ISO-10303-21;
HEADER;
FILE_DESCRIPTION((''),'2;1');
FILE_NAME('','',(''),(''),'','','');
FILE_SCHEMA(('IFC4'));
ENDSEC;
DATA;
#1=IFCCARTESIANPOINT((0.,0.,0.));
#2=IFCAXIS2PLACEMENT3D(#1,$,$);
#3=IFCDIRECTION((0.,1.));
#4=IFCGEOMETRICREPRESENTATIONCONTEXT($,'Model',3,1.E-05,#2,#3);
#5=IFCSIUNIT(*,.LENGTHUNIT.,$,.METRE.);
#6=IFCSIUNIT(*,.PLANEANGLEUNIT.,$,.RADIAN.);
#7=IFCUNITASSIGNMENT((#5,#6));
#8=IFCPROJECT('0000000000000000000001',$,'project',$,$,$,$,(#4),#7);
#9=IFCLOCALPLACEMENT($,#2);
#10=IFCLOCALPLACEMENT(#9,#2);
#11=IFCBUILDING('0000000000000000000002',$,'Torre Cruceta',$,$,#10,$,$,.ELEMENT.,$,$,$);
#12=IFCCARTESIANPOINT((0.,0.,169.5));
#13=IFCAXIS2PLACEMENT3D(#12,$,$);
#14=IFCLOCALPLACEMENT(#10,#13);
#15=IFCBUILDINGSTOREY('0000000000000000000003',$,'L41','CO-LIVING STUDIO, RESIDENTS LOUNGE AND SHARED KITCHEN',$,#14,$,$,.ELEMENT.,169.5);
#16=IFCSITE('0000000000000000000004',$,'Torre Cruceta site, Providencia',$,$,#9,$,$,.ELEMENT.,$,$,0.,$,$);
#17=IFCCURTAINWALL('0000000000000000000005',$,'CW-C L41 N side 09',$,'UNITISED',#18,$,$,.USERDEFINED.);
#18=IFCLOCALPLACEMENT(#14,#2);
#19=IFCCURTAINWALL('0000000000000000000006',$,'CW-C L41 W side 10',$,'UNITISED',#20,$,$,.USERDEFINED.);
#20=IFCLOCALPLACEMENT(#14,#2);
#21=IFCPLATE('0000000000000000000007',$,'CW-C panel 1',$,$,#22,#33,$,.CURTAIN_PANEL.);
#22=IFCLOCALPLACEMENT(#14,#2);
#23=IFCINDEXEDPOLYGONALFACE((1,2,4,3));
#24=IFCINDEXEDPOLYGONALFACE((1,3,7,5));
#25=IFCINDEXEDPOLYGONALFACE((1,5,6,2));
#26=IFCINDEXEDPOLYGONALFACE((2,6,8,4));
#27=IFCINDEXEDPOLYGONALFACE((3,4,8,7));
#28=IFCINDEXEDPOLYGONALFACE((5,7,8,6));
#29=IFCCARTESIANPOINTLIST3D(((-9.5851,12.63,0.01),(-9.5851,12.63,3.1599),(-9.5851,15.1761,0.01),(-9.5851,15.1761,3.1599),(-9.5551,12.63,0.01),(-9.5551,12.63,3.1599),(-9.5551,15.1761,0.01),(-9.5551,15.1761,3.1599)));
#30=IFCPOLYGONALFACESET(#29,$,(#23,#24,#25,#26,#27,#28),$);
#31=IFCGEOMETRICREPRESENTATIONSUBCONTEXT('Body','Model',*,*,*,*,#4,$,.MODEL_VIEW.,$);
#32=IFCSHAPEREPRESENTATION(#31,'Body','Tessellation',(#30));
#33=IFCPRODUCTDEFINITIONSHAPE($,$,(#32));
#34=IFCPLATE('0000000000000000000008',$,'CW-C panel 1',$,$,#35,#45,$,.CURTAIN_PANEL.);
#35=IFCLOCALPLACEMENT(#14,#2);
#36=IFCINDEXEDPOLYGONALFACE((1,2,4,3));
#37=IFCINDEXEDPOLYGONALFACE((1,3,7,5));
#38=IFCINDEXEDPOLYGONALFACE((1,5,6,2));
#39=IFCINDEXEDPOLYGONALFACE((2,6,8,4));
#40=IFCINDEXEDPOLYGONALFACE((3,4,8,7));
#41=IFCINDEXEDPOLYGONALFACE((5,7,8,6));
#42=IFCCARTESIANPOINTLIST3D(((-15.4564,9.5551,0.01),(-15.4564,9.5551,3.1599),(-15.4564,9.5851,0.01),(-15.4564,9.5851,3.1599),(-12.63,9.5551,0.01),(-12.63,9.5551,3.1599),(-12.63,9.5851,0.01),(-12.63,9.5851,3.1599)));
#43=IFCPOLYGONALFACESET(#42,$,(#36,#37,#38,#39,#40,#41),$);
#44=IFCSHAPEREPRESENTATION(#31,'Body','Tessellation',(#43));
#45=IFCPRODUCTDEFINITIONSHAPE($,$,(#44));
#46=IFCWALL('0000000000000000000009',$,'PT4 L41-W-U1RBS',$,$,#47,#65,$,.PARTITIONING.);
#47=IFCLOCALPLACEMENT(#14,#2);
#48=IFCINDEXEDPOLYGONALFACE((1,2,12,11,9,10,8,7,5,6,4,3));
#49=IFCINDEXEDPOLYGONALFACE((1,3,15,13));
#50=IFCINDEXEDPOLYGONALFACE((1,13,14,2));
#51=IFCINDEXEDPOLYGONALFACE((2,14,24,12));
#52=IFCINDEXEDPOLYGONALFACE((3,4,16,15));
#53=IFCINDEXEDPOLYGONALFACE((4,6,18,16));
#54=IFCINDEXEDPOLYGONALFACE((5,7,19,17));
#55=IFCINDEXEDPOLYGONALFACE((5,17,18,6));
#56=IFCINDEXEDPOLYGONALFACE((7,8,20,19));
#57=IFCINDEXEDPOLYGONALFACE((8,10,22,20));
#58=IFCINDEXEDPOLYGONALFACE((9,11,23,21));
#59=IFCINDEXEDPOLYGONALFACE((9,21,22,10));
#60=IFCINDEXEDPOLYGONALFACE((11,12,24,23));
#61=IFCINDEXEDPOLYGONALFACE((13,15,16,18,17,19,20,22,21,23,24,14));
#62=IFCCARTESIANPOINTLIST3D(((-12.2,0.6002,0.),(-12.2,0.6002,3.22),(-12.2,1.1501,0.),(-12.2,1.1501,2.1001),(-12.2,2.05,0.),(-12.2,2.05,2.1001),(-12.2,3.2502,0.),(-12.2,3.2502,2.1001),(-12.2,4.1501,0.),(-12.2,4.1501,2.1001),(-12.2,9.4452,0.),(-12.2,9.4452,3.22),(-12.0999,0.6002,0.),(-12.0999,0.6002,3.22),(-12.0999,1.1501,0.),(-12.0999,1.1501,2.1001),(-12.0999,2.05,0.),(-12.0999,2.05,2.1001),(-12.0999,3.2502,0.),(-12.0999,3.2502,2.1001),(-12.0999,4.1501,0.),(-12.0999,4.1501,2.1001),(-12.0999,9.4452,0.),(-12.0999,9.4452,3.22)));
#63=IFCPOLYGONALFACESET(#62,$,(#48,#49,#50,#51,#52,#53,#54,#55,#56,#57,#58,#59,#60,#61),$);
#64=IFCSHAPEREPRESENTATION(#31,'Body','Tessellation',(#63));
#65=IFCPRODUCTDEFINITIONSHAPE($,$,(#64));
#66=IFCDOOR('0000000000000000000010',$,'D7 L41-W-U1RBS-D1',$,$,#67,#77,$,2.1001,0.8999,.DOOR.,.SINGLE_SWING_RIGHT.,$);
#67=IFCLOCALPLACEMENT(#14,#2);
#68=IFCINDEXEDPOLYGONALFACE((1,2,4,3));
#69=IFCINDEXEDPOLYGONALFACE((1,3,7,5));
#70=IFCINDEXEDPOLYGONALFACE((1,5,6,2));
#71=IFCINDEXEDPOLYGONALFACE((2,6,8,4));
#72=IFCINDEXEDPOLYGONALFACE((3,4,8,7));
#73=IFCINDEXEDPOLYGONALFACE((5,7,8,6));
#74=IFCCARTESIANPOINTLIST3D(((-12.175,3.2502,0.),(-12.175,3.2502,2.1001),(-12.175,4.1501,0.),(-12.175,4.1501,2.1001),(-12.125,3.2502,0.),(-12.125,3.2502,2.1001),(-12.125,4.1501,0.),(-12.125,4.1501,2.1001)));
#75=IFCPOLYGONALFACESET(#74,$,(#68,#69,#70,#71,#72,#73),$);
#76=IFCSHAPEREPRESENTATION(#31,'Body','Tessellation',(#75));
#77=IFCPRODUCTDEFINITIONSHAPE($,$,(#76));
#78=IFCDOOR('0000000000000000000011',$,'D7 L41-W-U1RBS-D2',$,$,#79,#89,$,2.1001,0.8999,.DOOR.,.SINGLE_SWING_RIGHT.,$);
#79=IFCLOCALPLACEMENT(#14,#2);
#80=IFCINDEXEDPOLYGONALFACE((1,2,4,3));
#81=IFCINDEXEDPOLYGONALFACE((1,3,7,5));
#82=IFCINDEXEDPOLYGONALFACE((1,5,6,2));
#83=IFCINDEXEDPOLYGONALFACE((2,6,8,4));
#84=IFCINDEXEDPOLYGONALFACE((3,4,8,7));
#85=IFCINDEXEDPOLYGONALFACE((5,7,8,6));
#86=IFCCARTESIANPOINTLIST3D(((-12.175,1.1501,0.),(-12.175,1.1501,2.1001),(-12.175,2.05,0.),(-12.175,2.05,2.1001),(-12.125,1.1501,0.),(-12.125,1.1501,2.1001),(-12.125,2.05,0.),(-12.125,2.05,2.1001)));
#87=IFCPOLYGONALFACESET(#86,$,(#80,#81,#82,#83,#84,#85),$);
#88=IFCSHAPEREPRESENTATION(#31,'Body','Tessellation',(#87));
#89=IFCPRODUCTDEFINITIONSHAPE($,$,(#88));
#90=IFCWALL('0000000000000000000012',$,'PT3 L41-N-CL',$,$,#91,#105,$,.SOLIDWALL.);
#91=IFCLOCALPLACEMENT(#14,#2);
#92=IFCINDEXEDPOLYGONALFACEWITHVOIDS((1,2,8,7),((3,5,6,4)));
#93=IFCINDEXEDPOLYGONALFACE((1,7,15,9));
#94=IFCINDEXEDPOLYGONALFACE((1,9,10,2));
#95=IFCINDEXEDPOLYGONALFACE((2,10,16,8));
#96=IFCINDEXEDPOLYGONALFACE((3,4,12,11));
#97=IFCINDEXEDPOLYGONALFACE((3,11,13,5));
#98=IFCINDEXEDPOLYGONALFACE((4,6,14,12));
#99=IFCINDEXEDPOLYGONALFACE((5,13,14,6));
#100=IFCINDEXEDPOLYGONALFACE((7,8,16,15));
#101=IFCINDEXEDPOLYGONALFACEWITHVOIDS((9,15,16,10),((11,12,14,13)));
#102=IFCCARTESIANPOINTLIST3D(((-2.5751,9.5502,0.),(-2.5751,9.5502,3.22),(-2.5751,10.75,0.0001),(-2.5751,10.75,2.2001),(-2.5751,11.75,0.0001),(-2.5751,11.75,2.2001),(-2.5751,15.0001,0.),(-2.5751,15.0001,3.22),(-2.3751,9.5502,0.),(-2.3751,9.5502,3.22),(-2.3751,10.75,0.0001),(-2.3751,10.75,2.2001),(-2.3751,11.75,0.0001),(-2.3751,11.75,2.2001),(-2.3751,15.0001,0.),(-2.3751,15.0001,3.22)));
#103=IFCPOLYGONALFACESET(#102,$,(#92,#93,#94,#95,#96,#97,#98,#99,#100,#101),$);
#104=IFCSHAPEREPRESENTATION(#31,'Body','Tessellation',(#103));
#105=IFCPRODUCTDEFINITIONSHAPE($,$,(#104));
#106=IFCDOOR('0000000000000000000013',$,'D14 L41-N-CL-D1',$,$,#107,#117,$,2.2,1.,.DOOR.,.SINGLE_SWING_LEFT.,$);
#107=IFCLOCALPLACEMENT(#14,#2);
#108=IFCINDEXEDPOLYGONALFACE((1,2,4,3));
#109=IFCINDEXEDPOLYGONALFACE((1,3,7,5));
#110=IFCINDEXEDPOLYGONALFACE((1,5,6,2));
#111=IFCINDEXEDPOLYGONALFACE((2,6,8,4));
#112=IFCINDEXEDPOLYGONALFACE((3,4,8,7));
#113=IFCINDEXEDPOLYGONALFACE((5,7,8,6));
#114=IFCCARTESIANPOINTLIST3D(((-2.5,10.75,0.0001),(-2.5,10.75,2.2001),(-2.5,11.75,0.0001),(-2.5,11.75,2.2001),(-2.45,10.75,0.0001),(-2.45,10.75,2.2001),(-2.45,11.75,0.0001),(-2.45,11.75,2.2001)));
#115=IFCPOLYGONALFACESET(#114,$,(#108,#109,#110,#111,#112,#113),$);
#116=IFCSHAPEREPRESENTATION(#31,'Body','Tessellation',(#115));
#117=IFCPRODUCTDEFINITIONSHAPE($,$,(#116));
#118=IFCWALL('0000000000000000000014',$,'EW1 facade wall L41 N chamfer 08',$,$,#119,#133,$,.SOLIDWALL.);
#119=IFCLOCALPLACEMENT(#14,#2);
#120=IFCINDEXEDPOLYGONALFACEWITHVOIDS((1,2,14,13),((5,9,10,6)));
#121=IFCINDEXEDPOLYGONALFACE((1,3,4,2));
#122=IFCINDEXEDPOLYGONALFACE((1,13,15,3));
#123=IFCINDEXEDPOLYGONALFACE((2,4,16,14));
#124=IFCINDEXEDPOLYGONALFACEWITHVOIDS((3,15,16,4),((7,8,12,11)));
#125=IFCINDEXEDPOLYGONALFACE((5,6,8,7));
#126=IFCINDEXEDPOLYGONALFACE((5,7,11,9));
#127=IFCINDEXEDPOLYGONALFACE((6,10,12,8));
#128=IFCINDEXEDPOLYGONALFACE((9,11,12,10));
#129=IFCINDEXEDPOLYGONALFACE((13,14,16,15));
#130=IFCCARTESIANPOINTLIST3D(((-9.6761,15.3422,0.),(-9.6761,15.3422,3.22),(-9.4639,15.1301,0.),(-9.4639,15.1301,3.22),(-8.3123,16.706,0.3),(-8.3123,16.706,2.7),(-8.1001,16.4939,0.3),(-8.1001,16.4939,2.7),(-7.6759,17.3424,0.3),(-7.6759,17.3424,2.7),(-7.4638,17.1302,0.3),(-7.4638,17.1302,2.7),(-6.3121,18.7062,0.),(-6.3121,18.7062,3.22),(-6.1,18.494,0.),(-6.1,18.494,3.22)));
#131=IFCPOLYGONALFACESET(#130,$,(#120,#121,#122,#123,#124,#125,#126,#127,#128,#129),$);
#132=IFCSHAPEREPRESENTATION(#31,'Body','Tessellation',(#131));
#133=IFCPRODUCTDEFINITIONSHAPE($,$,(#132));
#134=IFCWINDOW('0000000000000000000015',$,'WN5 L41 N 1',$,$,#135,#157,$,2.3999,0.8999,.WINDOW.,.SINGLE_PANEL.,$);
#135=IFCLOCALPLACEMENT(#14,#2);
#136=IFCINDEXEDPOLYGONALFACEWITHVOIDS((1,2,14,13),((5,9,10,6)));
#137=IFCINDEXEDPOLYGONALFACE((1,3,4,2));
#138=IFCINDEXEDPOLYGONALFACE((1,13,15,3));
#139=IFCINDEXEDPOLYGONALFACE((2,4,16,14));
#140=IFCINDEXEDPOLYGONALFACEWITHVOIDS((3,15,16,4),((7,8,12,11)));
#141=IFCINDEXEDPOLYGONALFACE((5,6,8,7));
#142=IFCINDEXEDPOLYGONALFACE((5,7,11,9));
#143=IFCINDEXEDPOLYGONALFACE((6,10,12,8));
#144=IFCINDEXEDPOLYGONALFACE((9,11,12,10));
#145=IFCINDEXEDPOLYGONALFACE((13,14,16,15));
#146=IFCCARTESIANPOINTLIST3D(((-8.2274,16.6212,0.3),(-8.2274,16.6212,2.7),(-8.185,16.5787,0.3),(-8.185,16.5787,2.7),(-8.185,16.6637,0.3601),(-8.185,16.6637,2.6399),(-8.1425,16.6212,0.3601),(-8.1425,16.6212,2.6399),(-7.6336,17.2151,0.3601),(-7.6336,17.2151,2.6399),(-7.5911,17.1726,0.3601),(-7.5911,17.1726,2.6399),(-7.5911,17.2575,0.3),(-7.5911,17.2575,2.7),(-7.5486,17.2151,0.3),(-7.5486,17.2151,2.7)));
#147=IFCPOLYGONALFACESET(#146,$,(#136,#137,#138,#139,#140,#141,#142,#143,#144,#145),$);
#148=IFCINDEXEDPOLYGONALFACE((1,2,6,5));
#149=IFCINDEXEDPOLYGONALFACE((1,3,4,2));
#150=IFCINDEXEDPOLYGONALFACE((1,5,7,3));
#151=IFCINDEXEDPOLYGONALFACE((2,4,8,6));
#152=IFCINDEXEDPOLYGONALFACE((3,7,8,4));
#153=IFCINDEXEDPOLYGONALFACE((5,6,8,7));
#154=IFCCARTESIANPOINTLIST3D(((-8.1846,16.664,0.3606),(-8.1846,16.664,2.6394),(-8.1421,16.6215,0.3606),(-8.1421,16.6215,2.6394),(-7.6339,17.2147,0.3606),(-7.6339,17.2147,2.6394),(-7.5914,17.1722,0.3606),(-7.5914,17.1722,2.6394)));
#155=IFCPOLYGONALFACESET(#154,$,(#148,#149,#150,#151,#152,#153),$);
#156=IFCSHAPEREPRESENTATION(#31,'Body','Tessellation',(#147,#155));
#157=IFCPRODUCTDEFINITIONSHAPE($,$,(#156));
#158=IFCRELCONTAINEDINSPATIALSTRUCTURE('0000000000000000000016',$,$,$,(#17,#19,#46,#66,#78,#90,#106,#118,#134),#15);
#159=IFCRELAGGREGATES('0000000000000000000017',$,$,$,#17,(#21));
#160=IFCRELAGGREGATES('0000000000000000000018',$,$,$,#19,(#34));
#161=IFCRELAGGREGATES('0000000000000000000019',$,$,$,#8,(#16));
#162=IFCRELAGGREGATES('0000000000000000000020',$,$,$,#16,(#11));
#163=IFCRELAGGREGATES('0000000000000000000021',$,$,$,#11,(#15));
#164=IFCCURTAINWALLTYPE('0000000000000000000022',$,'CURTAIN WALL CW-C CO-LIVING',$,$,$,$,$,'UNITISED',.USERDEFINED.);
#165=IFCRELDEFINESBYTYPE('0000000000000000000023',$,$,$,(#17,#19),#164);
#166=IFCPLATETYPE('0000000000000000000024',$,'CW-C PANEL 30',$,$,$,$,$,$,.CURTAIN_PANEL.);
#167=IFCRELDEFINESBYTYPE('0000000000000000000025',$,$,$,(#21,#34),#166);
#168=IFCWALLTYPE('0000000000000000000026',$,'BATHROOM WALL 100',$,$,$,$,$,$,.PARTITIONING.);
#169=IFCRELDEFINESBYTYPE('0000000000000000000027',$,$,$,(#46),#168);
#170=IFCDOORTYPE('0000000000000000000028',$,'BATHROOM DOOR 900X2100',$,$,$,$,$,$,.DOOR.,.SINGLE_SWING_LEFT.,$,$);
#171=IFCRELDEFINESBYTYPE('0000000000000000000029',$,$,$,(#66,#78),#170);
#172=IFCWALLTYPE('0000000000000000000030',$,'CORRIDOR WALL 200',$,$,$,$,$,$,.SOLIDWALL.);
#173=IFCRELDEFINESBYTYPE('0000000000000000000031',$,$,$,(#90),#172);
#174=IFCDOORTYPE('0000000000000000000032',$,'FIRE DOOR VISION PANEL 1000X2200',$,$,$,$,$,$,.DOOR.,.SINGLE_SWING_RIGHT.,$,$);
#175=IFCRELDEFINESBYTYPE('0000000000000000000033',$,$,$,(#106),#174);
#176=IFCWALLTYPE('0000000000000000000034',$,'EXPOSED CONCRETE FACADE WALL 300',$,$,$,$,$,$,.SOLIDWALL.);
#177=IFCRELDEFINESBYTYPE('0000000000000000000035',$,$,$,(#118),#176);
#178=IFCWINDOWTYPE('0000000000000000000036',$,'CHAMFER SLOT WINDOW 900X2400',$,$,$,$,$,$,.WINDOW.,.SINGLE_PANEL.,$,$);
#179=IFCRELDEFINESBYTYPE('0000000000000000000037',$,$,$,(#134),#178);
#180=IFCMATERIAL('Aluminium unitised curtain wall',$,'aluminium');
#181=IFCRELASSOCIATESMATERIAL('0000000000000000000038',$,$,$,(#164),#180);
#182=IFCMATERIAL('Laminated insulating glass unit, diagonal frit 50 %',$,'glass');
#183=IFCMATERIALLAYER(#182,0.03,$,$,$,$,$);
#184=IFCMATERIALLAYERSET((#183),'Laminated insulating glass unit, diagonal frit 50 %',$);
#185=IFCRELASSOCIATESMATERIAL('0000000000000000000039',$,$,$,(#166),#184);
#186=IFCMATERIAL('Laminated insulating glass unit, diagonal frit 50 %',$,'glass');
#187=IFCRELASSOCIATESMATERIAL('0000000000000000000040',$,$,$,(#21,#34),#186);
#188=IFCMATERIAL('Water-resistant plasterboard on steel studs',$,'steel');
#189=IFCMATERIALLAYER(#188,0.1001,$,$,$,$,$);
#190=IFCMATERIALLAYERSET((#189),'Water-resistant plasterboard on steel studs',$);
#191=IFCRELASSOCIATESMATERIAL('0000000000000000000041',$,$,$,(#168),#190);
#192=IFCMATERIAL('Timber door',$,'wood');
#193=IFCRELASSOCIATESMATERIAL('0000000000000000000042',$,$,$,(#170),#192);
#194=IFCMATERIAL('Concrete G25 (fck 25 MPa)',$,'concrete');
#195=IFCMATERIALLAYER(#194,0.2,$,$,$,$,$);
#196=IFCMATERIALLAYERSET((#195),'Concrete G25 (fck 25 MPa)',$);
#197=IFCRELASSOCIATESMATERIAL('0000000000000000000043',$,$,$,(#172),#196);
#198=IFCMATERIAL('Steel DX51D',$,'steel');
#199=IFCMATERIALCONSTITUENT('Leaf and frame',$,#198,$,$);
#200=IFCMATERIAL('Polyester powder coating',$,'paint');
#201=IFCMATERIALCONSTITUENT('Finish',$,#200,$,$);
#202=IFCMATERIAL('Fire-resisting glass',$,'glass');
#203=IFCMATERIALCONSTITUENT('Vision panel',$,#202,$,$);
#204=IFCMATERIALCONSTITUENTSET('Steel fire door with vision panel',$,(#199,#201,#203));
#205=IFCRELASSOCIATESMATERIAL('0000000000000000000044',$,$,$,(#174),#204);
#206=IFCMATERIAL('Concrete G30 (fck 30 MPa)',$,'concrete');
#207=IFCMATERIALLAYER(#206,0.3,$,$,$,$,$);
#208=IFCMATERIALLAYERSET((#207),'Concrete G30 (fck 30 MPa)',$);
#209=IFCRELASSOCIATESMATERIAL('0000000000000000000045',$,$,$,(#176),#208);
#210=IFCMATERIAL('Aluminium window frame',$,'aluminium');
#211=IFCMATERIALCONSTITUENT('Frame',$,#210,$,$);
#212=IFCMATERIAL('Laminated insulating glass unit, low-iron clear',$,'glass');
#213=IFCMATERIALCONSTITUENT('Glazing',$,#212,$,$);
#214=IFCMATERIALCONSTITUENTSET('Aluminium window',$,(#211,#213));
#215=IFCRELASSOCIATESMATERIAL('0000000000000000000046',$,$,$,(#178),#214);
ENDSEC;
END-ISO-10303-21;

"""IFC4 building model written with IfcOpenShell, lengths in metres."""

from ifc_helpers import new_model, si_unit, direction, frame, frame_2d, origin, origin_2d, place, context, subcontext, project, spatial, rectangle, hollow_rectangle, extrude, material, layer, layer_set, constituent, constituent_set, type_object, element, fill, aggregate, save


model = new_model("IFC4")

# Units and contexts
model_context = context("Model", 3, precision=1e-05, world=origin(), true_north=direction((0.0, 1.0)))
body_context = subcontext(model_context, "Body", "Model", "MODEL_VIEW")
ifc_project = project(units=[si_unit("LENGTHUNIT", "METRE"), si_unit("PLANEANGLEUNIT", "RADIAN")], contexts=[model_context])

# Site, building, storey
site_placement = place(None, origin())
site = spatial("IfcSite", under=ifc_project, at=site_placement, Name="Torre Cruceta site, Providencia", CompositionType="ELEMENT", RefElevation=0.0)
building_placement = place(site_placement, origin())
building = spatial("IfcBuilding", under=site, at=building_placement, Name="Torre Cruceta", CompositionType="ELEMENT")
storey_placement = place(building_placement, frame((0.0, 0.0, 169.5)))
storey = spatial("IfcBuildingStorey", under=building, at=storey_placement, Name="L41", Description="CO-LIVING STUDIO, RESIDENTS LOUNGE AND SHARED KITCHEN", CompositionType="ELEMENT", Elevation=169.5)

# Curtain wall
ifc_material_1 = material(Name="Aluminium unitised curtain wall", Category="aluminium")
curtain_wall_type = type_object("IfcCurtainWallType", Name="CURTAIN WALL CW-C CO-LIVING", ElementType="UNITISED", PredefinedType="USERDEFINED", material=ifc_material_1)
curtain_wall_1_placement = place(storey_placement, origin())
curtain_wall_1 = element("IfcCurtainWall", 1, at=curtain_wall_1_placement, inside=storey, type_object=curtain_wall_type, Name="CW-C L41 N side 09", ObjectType="UNITISED", PredefinedType="USERDEFINED")

# Curtain wall
curtain_wall_2_placement = place(storey_placement, origin())
curtain_wall_2 = element("IfcCurtainWall", 2, at=curtain_wall_2_placement, inside=storey, type_object=curtain_wall_type, Name="CW-C L41 W side 10", ObjectType="UNITISED", PredefinedType="USERDEFINED")

# Plates
ifc_material_2 = material(Name="Laminated insulating glass unit, diagonal frit 50 %", Category="glass")
ifc_material_3 = material(Name="Laminated insulating glass unit, diagonal frit 50 %", Category="glass")
ifc_layer_1 = layer(ifc_material_3, 0.03)
ifc_layer_set_1 = layer_set([ifc_layer_1], Name="Laminated insulating glass unit, diagonal frit 50 %")
plate_type = type_object("IfcPlateType", Name="CW-C PANEL 30", PredefinedType="CURTAIN_PANEL", material=ifc_layer_set_1)
plate_1_placement = place(storey_placement, frame((-9.5701, 13.9031, 0.01), z_axis=(0.0, 0.0, 1.0), x_axis=(0.0, -1.0, 0.0)))
plate_1 = element("IfcPlate", 3, at=plate_1_placement, type_object=plate_type, material=ifc_material_2, Name="CW-C panel 1", PredefinedType="CURTAIN_PANEL", context=body_context, shape_type="SweptSolid", body=[
    extrude(rectangle(XDim=2.5461, YDim=0.03, at=origin_2d()), origin(), (0.0, 0.0, 1.0), 3.1499),
])
aggregate(curtain_wall_1, [plate_1])
plate_2_placement = place(storey_placement, frame((-14.0432, 9.5701, 0.01), z_axis=(0.0, 0.0, 1.0), x_axis=(-1.0, 0.0, 0.0)))
plate_2 = element("IfcPlate", 4, at=plate_2_placement, type_object=plate_type, material=ifc_material_2, Name="CW-C panel 1", PredefinedType="CURTAIN_PANEL", context=body_context, shape_type="SweptSolid", body=[
    extrude(rectangle(XDim=2.8264, YDim=0.03, at=origin_2d()), origin(), (0.0, 0.0, 1.0), 3.1499),
])
aggregate(curtain_wall_2, [plate_2])

# Wall, openings, doors
ifc_material_4 = material(Name="Water-resistant plasterboard on steel studs", Category="steel")
ifc_layer_2 = layer(ifc_material_4, 0.1001)
ifc_layer_set_2 = layer_set([ifc_layer_2], Name="Water-resistant plasterboard on steel studs")
wall_type_1 = type_object("IfcWallType", Name="BATHROOM WALL 100", PredefinedType="PARTITIONING", material=ifc_layer_set_2)
wall_1_placement = place(storey_placement, frame((-12.1499, 9.4451, 0.0), z_axis=(0.0, 0.0, 1.0), x_axis=(0.0, -1.0, 0.0)))
wall_1 = element("IfcWall", 5, at=wall_1_placement, inside=storey, type_object=wall_type_1, Name="PT4 L41-W-U1RBS", PredefinedType="PARTITIONING", context=body_context, shape_type="SweptSolid", body=[
    extrude(rectangle(XDim=8.845, YDim=0.1001, at=frame_2d((4.4224, 0.0))), origin(), (0.0, 0.0, 1.0), 3.22),
])
opening_1_placement = place(wall_1_placement, frame((5.2949, 0.0, 0.0)))
opening_1 = element("IfcOpeningElement", 6, at=opening_1_placement, cuts=wall_1, PredefinedType="OPENING", context=body_context, shape_type="SweptSolid", body=[
    extrude(rectangle(XDim=0.8999, YDim=2.1001, at=frame_2d((0.45, 1.05))), frame((0.0, 0.0601, 0.0), z_axis=(0.0, -1.0, 0.0), x_axis=(1.0, 0.0, 0.0)), (0.0, 0.0, 1.0), 0.1201),
])
opening_2_placement = place(wall_1_placement, frame((7.395, 0.0, 0.0)))
opening_2 = element("IfcOpeningElement", 7, at=opening_2_placement, cuts=wall_1, PredefinedType="OPENING", context=body_context, shape_type="SweptSolid", body=[
    extrude(rectangle(XDim=0.8999, YDim=2.1001, at=frame_2d((0.45, 1.05))), frame((0.0, 0.0601, 0.0), z_axis=(0.0, -1.0, 0.0), x_axis=(1.0, 0.0, 0.0)), (0.0, 0.0, 1.0), 0.1201),
])
ifc_material_5 = material(Name="Timber door", Category="wood")
door_type_1 = type_object("IfcDoorType", Name="BATHROOM DOOR 900X2100", OperationType="SINGLE_SWING_LEFT", PredefinedType="DOOR", material=ifc_material_5)
door_1_placement = place(opening_1_placement, origin())
door_1 = element("IfcDoor", 8, at=door_1_placement, inside=storey, type_object=door_type_1, Name="D7 L41-W-U1RBS-D1", OperationType="SINGLE_SWING_RIGHT", OverallHeight=2.1001, OverallWidth=0.8999, PredefinedType="DOOR", context=body_context, shape_type="SweptSolid", body=[
    extrude(rectangle(XDim=0.8999, YDim=2.1001, at=frame_2d((0.45, 1.05))), frame((0.0, 0.0249, 0.0), z_axis=(0.0, -1.0, 0.0), x_axis=(1.0, 0.0, 0.0)), (0.0, 0.0, 1.0), 0.05),
])
fill(opening_1, door_1)
door_2_placement = place(opening_2_placement, origin())
door_2 = element("IfcDoor", 9, at=door_2_placement, inside=storey, type_object=door_type_1, Name="D7 L41-W-U1RBS-D2", OperationType="SINGLE_SWING_RIGHT", OverallHeight=2.1001, OverallWidth=0.8999, PredefinedType="DOOR", context=body_context, shape_type="SweptSolid", body=[
    extrude(rectangle(XDim=0.8999, YDim=2.1001, at=frame_2d((0.45, 1.05))), frame((0.0, 0.0249, 0.0), z_axis=(0.0, -1.0, 0.0), x_axis=(1.0, 0.0, 0.0)), (0.0, 0.0, 1.0), 0.05),
])
fill(opening_2, door_2)

# Wall, opening, door
ifc_material_6 = material(Name="Concrete G25 (fck 25 MPa)", Category="concrete")
ifc_layer_3 = layer(ifc_material_6, 0.2)
ifc_layer_set_3 = layer_set([ifc_layer_3], Name="Concrete G25 (fck 25 MPa)")
wall_type_2 = type_object("IfcWallType", Name="CORRIDOR WALL 200", PredefinedType="SOLIDWALL", material=ifc_layer_set_3)
wall_2_placement = place(storey_placement, frame((-2.4751, 9.55, 0.0), z_axis=(0.0, 0.0, 1.0), x_axis=(0.0, 1.0, 0.0)))
wall_2 = element("IfcWall", 10, at=wall_2_placement, inside=storey, type_object=wall_type_2, Name="PT3 L41-N-CL", PredefinedType="SOLIDWALL", context=body_context, shape_type="SweptSolid", body=[
    extrude(rectangle(XDim=5.45, YDim=0.2, at=frame_2d((2.7251, 0.0))), origin(), (0.0, 0.0, 1.0), 3.22),
])
opening_3_placement = place(wall_2_placement, frame((1.2, 0.0, 0.0)))
opening_3 = element("IfcOpeningElement", 11, at=opening_3_placement, cuts=wall_2, PredefinedType="OPENING", context=body_context, shape_type="SweptSolid", body=[
    extrude(rectangle(XDim=1.0, YDim=2.2, at=frame_2d((0.5, 1.1001))), frame((0.0, 0.1099, 0.0), z_axis=(0.0, -1.0, 0.0), x_axis=(1.0, 0.0, 0.0)), (0.0, 0.0, 1.0), 0.22),
])
ifc_material_7 = material(Name="Steel DX51D", Category="steel")
ifc_constituent_1 = constituent(ifc_material_7, Name="Leaf and frame")
ifc_material_8 = material(Name="Polyester powder coating", Category="paint")
ifc_constituent_2 = constituent(ifc_material_8, Name="Finish")
ifc_material_9 = material(Name="Fire-resisting glass", Category="glass")
ifc_constituent_3 = constituent(ifc_material_9, Name="Vision panel")
ifc_constituent_set_1 = constituent_set(constituents=[ifc_constituent_1, ifc_constituent_2, ifc_constituent_3], Name="Steel fire door with vision panel")
door_type_2 = type_object("IfcDoorType", Name="FIRE DOOR VISION PANEL 1000X2200", OperationType="SINGLE_SWING_RIGHT", PredefinedType="DOOR", material=ifc_constituent_set_1)
door_3_placement = place(opening_3_placement, origin())
door_3 = element("IfcDoor", 12, at=door_3_placement, inside=storey, type_object=door_type_2, Name="D14 L41-N-CL-D1", OperationType="SINGLE_SWING_LEFT", OverallHeight=2.2, OverallWidth=1.0, PredefinedType="DOOR", context=body_context, shape_type="SweptSolid", body=[
    extrude(rectangle(XDim=1.0, YDim=2.2, at=frame_2d((0.5, 1.1001))), frame((0.0, 0.0249, 0.0), z_axis=(0.0, -1.0, 0.0), x_axis=(1.0, 0.0, 0.0)), (0.0, 0.0, 1.0), 0.05),
])
fill(opening_3, door_3)

# Wall, opening, window
ifc_material_10 = material(Name="Concrete G30 (fck 30 MPa)", Category="concrete")
ifc_layer_4 = layer(ifc_material_10, 0.3)
ifc_layer_set_4 = layer_set([ifc_layer_4], Name="Concrete G30 (fck 30 MPa)")
wall_type_3 = type_object("IfcWallType", Name="EXPOSED CONCRETE FACADE WALL 300", PredefinedType="SOLIDWALL", material=ifc_layer_set_4)
wall_3_placement = place(storey_placement, frame((-6.2061, 18.6001, 0.0), z_axis=(0.0, 0.0, 1.0), x_axis=(-0.707107, -0.707107, 0.0)))
wall_3 = element("IfcWall", 13, at=wall_3_placement, inside=storey, type_object=wall_type_3, Name="EW1 facade wall L41 N chamfer 08", PredefinedType="SOLIDWALL", context=body_context, shape_type="SweptSolid", body=[
    extrude(rectangle(XDim=4.7573, YDim=0.3, at=frame_2d((2.3787, 0.0))), origin(), (0.0, 0.0, 1.0), 3.22),
])
opening_4_placement = place(wall_3_placement, frame((1.9287, 0.0, 0.3)))
opening_4 = element("IfcOpeningElement", 14, at=opening_4_placement, cuts=wall_3, PredefinedType="OPENING", context=body_context, shape_type="SweptSolid", body=[
    extrude(rectangle(XDim=0.8999, YDim=2.3999, at=frame_2d((0.45, 1.2))), frame((0.0, 0.1599, 0.0), z_axis=(0.0, -1.0, 0.0), x_axis=(1.0, 0.0, 0.0)), (0.0, 0.0, 1.0), 0.3201),
])
ifc_material_11 = material(Name="Aluminium window frame", Category="aluminium")
ifc_constituent_4 = constituent(ifc_material_11, Name="Frame")
ifc_material_12 = material(Name="Laminated insulating glass unit, low-iron clear", Category="glass")
ifc_constituent_5 = constituent(ifc_material_12, Name="Glazing")
ifc_constituent_set_2 = constituent_set(constituents=[ifc_constituent_4, ifc_constituent_5], Name="Aluminium window")
window_type = type_object("IfcWindowType", Name="CHAMFER SLOT WINDOW 900X2400", PartitioningType="SINGLE_PANEL", PredefinedType="WINDOW", material=ifc_constituent_set_2)
window_placement = place(opening_4_placement, origin())
window = element("IfcWindow", 15, at=window_placement, inside=storey, type_object=window_type, Name="WN5 L41 N 1", OverallHeight=2.3999, OverallWidth=0.8999, PartitioningType="SINGLE_PANEL", PredefinedType="WINDOW", context=body_context, shape_type="SweptSolid", body=[
    extrude(hollow_rectangle(XDim=0.8999, YDim=2.3999, WallThickness=0.0601, at=frame_2d((0.45, 1.2))), frame((0.0, 0.03, 0.0), z_axis=(0.0, -1.0, 0.0), x_axis=(1.0, 0.0, 0.0)), (0.0, 0.0, 1.0), 0.0601),
    extrude(rectangle(XDim=0.7788, YDim=2.2788, at=frame_2d((0.45, 1.2))), frame((0.0, 0.03, 0.0), z_axis=(0.0, -1.0, 0.0), x_axis=(1.0, 0.0, 0.0)), (0.0, 0.0, 1.0), 0.0601),
])
fill(opening_4, window)

save(model, "model.ifc")
